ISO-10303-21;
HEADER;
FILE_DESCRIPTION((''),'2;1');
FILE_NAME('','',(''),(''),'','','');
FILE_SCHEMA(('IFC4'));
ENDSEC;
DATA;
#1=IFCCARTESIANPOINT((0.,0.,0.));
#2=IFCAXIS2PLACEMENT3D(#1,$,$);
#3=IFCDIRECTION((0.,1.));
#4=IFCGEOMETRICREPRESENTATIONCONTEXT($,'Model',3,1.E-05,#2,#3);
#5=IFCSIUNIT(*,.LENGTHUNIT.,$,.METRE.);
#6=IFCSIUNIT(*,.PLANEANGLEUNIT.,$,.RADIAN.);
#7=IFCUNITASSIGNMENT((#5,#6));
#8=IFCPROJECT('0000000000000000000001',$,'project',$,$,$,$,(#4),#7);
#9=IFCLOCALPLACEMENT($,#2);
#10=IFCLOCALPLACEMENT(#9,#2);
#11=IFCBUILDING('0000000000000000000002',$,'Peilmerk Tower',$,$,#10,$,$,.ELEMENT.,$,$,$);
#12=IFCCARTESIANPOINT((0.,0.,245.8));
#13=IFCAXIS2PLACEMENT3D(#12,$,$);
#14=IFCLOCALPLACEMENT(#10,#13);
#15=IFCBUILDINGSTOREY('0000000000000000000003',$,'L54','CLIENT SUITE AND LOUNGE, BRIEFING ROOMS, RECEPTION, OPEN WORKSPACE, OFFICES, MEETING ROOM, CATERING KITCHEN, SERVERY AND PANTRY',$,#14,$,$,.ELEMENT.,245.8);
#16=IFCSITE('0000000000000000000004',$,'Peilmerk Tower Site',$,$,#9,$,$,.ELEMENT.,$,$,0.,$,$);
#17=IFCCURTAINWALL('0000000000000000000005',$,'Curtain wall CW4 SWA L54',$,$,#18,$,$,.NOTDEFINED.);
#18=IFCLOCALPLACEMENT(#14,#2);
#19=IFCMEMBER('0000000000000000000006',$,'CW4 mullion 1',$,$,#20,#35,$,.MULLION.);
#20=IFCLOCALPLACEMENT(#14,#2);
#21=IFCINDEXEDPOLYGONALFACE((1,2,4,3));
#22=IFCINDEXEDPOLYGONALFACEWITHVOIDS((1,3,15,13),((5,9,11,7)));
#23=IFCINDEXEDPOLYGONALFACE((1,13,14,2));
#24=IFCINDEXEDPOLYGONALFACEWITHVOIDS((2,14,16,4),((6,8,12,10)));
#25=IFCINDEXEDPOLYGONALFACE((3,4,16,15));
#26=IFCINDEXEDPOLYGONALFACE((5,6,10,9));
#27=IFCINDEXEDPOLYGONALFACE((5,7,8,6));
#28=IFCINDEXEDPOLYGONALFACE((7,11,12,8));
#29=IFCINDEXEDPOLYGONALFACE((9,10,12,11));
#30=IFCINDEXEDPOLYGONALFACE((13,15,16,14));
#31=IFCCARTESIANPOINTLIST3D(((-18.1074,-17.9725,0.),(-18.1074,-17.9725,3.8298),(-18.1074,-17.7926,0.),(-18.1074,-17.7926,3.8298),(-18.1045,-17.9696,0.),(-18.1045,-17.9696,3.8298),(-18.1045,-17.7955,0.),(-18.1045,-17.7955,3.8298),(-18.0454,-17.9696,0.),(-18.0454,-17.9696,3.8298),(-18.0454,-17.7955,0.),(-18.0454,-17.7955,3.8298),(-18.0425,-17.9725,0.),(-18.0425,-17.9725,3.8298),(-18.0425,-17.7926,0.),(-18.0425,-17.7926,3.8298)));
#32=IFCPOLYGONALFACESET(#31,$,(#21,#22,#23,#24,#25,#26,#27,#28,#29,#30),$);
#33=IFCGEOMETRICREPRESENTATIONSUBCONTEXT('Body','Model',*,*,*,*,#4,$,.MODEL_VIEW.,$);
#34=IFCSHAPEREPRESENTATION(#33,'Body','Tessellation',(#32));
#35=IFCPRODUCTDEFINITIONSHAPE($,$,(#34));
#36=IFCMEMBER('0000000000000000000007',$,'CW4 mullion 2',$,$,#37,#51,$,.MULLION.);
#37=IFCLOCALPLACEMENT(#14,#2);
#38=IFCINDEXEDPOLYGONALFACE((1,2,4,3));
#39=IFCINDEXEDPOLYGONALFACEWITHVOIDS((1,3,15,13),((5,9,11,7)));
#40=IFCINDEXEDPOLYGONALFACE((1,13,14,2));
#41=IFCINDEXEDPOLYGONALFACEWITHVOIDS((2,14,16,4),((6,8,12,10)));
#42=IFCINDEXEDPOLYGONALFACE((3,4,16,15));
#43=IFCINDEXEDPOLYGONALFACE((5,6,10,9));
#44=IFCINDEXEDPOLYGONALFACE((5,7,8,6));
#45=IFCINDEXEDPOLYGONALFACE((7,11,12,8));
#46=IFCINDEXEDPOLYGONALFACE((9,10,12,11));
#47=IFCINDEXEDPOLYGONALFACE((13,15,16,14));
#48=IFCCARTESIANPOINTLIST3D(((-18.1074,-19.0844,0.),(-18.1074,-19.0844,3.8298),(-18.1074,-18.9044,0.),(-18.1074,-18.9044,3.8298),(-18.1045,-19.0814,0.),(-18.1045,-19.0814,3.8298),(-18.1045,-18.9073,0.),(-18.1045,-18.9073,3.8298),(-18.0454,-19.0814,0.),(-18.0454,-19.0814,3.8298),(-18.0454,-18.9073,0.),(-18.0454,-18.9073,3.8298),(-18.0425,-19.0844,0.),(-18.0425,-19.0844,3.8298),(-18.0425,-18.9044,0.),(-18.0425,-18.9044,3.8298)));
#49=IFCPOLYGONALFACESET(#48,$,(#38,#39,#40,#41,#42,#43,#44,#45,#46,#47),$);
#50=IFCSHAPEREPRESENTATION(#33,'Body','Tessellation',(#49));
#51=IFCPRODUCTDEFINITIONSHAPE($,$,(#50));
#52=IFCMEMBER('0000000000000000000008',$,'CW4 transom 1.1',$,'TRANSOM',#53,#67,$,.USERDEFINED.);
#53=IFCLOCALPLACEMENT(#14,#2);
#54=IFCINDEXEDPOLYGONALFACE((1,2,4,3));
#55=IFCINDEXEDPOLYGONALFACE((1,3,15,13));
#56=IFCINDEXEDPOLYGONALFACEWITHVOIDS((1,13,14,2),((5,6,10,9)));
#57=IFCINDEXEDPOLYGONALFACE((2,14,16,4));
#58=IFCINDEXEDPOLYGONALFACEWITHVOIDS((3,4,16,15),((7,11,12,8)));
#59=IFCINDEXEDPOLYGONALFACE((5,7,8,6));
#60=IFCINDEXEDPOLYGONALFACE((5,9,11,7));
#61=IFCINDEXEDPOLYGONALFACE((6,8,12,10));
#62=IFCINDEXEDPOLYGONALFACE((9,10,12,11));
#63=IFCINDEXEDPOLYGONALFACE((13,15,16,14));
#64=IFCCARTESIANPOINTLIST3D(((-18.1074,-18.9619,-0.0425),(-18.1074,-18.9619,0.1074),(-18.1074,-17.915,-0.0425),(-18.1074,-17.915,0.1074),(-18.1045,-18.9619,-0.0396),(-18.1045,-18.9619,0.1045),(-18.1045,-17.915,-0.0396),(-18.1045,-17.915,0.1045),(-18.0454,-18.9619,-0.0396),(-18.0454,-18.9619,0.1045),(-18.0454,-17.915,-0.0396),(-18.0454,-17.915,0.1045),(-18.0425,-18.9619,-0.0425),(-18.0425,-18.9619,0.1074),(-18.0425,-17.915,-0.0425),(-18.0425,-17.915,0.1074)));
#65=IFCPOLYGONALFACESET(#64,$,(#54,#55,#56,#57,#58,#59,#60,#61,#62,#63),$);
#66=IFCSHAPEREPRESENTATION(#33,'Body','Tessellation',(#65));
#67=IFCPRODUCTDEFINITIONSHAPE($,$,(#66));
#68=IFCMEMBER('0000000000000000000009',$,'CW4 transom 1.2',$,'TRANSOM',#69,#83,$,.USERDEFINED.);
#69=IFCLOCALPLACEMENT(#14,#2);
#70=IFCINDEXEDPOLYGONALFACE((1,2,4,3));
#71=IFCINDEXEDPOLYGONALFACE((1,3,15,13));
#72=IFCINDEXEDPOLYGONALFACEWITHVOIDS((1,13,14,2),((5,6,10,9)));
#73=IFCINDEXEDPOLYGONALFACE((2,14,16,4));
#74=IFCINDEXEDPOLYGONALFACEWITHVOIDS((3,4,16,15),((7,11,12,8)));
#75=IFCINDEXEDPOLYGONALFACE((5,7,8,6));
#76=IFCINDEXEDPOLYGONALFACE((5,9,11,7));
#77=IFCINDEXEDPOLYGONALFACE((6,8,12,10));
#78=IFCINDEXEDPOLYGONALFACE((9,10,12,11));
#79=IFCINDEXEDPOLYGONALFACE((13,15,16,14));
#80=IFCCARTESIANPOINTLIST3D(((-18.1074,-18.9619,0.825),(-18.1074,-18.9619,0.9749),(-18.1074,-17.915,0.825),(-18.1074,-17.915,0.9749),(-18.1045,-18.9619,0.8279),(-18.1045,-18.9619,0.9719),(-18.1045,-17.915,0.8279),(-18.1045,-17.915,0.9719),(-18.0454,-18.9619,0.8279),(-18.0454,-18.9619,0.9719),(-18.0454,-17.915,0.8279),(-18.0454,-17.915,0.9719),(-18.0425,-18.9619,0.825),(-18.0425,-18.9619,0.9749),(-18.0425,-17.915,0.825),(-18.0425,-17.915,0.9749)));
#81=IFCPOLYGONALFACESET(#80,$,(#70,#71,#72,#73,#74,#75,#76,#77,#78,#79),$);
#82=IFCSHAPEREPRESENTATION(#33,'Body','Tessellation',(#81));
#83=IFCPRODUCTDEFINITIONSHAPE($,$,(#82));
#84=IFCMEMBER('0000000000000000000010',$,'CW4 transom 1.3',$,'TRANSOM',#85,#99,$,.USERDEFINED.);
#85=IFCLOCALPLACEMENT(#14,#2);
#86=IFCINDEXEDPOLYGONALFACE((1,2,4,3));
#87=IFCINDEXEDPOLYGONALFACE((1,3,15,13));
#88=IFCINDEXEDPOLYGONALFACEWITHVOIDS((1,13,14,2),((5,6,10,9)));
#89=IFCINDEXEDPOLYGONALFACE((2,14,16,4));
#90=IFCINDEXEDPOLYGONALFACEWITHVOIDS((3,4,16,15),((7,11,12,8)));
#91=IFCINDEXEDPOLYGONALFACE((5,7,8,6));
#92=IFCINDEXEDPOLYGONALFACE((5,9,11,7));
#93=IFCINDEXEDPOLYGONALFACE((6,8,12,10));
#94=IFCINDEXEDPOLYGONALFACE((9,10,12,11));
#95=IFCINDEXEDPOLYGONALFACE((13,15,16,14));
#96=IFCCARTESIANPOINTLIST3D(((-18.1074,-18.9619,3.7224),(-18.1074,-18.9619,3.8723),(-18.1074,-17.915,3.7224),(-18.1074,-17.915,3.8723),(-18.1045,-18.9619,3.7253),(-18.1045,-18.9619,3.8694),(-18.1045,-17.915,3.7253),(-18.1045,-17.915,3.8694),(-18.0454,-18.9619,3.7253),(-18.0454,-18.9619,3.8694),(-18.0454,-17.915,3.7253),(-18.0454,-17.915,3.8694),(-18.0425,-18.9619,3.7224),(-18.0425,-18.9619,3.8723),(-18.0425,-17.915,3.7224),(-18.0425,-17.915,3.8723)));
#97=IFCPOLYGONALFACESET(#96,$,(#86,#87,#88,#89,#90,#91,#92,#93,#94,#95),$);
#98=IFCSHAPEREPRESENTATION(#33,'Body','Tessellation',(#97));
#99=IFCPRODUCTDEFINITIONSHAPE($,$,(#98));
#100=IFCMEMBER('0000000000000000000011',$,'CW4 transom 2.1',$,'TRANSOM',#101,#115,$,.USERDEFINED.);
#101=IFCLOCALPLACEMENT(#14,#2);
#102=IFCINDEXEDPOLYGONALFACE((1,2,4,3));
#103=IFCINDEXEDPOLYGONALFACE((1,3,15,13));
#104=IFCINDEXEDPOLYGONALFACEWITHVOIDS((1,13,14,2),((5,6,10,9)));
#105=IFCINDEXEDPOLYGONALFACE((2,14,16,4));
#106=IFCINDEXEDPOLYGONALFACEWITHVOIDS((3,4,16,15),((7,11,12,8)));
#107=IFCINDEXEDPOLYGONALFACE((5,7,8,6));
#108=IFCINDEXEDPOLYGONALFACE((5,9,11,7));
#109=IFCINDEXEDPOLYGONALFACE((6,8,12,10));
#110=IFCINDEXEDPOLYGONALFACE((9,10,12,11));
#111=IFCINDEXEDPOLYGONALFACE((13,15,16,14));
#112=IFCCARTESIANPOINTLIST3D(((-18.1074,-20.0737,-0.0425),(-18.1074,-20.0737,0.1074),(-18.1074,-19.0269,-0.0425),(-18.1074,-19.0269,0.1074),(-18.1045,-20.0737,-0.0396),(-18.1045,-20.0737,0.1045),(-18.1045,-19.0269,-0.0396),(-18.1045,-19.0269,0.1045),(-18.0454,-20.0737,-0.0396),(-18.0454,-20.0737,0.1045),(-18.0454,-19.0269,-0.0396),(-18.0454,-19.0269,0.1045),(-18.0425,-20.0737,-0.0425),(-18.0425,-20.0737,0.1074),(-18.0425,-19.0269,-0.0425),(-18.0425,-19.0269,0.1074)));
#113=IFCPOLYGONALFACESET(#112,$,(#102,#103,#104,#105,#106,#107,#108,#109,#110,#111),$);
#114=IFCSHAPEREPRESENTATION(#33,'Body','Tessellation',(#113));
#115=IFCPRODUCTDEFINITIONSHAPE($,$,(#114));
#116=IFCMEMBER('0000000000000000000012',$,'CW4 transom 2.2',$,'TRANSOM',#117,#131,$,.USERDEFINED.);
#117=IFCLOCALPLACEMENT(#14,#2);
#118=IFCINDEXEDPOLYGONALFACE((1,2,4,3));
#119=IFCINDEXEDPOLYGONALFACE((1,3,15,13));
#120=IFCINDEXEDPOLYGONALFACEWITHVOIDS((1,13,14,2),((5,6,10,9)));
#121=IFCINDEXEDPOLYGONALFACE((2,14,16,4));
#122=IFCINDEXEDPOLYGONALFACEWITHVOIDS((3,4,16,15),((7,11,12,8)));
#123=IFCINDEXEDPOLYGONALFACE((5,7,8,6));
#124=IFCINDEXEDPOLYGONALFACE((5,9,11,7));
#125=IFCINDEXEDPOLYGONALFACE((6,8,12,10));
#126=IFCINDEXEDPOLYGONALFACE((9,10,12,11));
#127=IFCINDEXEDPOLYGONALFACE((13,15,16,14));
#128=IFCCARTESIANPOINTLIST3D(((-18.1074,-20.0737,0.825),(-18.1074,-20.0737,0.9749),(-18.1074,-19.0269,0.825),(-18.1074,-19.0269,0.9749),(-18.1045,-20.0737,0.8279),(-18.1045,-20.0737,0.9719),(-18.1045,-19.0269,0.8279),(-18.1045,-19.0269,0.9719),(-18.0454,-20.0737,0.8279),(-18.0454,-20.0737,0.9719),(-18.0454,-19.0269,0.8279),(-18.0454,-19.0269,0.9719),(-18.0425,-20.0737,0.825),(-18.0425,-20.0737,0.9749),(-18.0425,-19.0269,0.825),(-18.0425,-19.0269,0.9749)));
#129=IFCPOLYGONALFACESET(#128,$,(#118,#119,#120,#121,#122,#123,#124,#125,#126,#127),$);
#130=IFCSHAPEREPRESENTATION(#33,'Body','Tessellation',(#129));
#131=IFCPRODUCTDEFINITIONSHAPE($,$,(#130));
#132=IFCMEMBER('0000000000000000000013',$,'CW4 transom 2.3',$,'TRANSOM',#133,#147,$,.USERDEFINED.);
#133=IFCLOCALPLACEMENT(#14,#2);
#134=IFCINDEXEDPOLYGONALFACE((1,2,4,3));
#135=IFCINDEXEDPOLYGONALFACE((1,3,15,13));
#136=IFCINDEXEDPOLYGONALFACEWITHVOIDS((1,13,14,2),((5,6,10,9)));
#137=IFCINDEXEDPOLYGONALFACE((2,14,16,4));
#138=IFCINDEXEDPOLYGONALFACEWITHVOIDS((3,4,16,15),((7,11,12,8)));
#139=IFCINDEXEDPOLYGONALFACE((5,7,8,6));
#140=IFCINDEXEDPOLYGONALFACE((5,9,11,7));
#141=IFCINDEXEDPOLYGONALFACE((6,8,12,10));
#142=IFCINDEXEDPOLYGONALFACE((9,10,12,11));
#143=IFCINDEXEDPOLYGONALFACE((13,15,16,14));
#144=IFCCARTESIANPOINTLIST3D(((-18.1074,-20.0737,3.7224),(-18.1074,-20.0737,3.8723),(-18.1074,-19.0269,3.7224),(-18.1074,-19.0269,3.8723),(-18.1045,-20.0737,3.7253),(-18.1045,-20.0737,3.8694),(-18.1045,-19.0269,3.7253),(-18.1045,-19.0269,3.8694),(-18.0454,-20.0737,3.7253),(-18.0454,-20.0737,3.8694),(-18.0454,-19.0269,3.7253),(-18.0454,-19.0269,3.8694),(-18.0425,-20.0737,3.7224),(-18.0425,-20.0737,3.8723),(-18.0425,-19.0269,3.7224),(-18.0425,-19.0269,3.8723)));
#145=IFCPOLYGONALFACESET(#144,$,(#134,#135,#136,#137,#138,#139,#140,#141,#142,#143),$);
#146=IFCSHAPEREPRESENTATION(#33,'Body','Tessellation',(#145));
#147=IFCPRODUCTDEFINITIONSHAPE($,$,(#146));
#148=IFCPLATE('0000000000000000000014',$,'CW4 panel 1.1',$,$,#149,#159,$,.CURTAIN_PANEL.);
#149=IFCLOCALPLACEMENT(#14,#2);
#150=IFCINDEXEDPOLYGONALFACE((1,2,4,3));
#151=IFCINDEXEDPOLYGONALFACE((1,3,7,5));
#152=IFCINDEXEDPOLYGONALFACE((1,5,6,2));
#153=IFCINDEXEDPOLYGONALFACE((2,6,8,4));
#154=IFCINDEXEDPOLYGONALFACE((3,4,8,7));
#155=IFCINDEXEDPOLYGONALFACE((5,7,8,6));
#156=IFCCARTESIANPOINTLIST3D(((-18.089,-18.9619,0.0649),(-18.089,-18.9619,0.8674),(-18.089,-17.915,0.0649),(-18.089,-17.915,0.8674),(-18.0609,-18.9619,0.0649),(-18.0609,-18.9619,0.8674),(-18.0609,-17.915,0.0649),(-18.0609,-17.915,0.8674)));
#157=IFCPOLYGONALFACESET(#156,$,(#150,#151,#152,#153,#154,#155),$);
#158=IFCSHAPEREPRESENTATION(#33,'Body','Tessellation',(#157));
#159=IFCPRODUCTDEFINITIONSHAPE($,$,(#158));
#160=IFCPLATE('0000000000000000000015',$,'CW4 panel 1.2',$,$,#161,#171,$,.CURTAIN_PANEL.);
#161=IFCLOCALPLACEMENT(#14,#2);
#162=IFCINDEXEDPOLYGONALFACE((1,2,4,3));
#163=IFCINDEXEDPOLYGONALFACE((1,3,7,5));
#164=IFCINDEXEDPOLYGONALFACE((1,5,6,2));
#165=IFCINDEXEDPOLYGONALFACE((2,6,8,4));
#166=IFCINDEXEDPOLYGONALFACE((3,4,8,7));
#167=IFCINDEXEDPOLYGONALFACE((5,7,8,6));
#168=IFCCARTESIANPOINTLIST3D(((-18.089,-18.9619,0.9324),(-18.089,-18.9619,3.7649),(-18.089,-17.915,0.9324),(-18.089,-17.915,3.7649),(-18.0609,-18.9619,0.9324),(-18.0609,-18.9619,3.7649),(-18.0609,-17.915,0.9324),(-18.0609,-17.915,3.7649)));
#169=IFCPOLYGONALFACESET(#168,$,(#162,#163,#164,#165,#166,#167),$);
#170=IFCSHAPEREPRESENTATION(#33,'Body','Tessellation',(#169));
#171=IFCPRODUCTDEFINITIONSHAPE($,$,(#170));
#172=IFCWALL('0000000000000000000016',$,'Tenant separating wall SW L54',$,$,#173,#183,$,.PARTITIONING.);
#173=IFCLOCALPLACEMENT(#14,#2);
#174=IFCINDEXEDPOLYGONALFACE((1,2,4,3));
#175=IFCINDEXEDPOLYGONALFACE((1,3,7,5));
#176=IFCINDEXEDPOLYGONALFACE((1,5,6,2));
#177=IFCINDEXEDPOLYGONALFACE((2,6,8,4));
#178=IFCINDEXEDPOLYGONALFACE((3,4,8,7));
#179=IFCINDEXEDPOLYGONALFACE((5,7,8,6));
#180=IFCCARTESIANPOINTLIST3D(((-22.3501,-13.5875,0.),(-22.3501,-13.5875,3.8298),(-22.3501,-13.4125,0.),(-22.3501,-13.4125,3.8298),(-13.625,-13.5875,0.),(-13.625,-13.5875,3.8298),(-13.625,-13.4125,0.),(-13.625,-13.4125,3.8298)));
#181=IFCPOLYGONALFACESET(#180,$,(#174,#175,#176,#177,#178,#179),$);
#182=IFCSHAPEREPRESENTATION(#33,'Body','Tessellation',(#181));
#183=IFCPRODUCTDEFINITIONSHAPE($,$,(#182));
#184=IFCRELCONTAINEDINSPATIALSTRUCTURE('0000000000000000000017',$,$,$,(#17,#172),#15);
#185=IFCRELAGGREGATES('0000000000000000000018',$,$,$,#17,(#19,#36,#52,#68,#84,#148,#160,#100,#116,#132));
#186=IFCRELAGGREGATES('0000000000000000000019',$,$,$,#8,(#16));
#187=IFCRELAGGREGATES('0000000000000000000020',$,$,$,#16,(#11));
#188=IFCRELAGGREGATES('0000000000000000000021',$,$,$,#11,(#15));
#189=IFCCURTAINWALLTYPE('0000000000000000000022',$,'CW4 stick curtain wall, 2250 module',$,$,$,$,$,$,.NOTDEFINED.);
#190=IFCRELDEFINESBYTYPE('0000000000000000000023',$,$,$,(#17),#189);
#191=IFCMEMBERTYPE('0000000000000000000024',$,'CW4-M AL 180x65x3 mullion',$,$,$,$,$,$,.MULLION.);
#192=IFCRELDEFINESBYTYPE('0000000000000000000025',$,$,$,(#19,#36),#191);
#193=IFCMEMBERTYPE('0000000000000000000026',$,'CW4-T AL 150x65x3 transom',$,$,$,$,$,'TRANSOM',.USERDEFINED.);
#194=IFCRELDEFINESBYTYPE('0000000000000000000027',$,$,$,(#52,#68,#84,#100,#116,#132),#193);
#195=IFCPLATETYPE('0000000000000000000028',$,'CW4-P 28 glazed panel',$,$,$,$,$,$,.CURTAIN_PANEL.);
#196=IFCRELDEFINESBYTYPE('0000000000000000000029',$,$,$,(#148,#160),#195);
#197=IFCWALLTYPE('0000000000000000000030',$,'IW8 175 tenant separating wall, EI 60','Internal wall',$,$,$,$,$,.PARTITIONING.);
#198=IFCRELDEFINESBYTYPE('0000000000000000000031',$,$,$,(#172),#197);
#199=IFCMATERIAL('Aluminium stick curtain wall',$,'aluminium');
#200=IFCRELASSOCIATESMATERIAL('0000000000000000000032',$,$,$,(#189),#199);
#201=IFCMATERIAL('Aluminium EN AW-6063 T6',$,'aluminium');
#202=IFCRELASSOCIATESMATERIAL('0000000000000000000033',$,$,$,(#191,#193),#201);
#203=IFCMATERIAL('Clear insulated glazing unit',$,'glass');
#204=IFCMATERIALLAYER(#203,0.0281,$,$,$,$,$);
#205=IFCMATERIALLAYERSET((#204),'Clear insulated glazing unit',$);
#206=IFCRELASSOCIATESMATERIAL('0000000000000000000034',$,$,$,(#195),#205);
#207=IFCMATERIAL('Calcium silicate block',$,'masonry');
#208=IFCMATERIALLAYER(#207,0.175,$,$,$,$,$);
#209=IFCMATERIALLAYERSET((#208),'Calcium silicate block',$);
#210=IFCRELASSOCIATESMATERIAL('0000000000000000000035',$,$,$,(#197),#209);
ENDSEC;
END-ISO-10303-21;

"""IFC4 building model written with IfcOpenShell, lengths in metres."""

from ifc_helpers import new_model, si_unit, direction, frame, frame_2d, origin, origin_2d, place, context, subcontext, project, spatial, rectangle, hollow_rectangle, extrude, material, layer, layer_set, material_profile, profile_set, type_object, element, aggregate, save


model = new_model("IFC4")

# Units and contexts
model_context = context("Model", 3, precision=1e-05, world=origin(), true_north=direction((0.0, 1.0)))
body_context = subcontext(model_context, "Body", "Model", "MODEL_VIEW")
ifc_project = project(units=[si_unit("LENGTHUNIT", "METRE"), si_unit("PLANEANGLEUNIT", "RADIAN")], contexts=[model_context])

# Site, building, storey
site_placement = place(None, origin())
site = spatial("IfcSite", under=ifc_project, at=site_placement, Name="Peilmerk Tower Site", CompositionType="ELEMENT", RefElevation=0.0)
building_placement = place(site_placement, origin())
building = spatial("IfcBuilding", under=site, at=building_placement, Name="Peilmerk Tower", CompositionType="ELEMENT")
storey_placement = place(building_placement, frame((0.0, 0.0, 245.8)))
storey = spatial("IfcBuildingStorey", under=building, at=storey_placement, Name="L54", Description="CLIENT SUITE AND LOUNGE, BRIEFING ROOMS, RECEPTION, OPEN WORKSPACE, OFFICES, MEETING ROOM, CATERING KITCHEN, SERVERY AND PANTRY", CompositionType="ELEMENT", Elevation=245.8)

# Curtain wall, members, plates
ifc_material_1 = material(Name="Aluminium stick curtain wall", Category="aluminium")
curtain_wall_type = type_object("IfcCurtainWallType", Name="CW4 stick curtain wall, 2250 module", PredefinedType="NOTDEFINED", material=ifc_material_1)
curtain_wall_placement = place(storey_placement, origin())
curtain_wall = element("IfcCurtainWall", 1, at=curtain_wall_placement, inside=storey, type_object=curtain_wall_type, Name="Curtain wall CW4 SWA L54", PredefinedType="NOTDEFINED")
ifc_material_2 = material(Name="Aluminium EN AW-6063 T6", Category="aluminium")
ifc_material_profile_1 = material_profile(ifc_material_2, hollow_rectangle(XDim=0.0649, YDim=0.1799, WallThickness=0.0029, at=origin_2d()), Name="AL 180x65x3")
ifc_profile_set_1 = profile_set([ifc_material_profile_1], Name="Aluminium EN AW-6063 T6")
member_type_1 = type_object("IfcMemberType", Name="CW4-M AL 180x65x3 mullion", PredefinedType="MULLION", material=ifc_profile_set_1)
member_1_placement = place(storey_placement, frame((-18.075, -17.8826, 0.0), z_axis=(0.0, 0.0, 1.0), x_axis=(1.0, 0.0, 0.0)))
member_1 = element("IfcMember", 2, at=member_1_placement, type_object=member_type_1, Name="CW4 mullion 1", PredefinedType="MULLION", context=body_context, shape_type="SweptSolid", body=[
    extrude(hollow_rectangle(XDim=0.0649, YDim=0.1799, WallThickness=0.0029, at=origin_2d()), origin(), (0.0, 0.0, 1.0), 3.8298),
])
member_2_placement = place(storey_placement, frame((-18.075, -18.9944, 0.0), z_axis=(0.0, 0.0, 1.0), x_axis=(1.0, 0.0, 0.0)))
member_2 = element("IfcMember", 3, at=member_2_placement, type_object=member_type_1, Name="CW4 mullion 2", PredefinedType="MULLION", context=body_context, shape_type="SweptSolid", body=[
    extrude(hollow_rectangle(XDim=0.0649, YDim=0.1799, WallThickness=0.0029, at=origin_2d()), origin(), (0.0, 0.0, 1.0), 3.8298),
])
ifc_material_profile_2 = material_profile(ifc_material_2, hollow_rectangle(XDim=0.0649, YDim=0.1499, WallThickness=0.0029, at=origin_2d()), Name="AL 150x65x3")
ifc_profile_set_2 = profile_set([ifc_material_profile_2], Name="Aluminium EN AW-6063 T6")
member_type_2 = type_object("IfcMemberType", Name="CW4-T AL 150x65x3 transom", ElementType="TRANSOM", PredefinedType="USERDEFINED", material=ifc_profile_set_2)
member_3_placement = place(storey_placement, frame((-18.075, -17.915, 0.0325), z_axis=(0.0, -1.0, 0.0), x_axis=(1.0, 0.0, 0.0)))
member_3 = element("IfcMember", 4, at=member_3_placement, type_object=member_type_2, Name="CW4 transom 1.1", ObjectType="TRANSOM", PredefinedType="USERDEFINED", context=body_context, shape_type="SweptSolid", body=[
    extrude(hollow_rectangle(XDim=0.0649, YDim=0.1499, WallThickness=0.0029, at=origin_2d()), origin(), (0.0, 0.0, 1.0), 1.0469),
])
member_4_placement = place(storey_placement, frame((-18.075, -17.915, 0.8999), z_axis=(0.0, -1.0, 0.0), x_axis=(1.0, 0.0, 0.0)))
member_4 = element("IfcMember", 5, at=member_4_placement, type_object=member_type_2, Name="CW4 transom 1.2", ObjectType="TRANSOM", PredefinedType="USERDEFINED", context=body_context, shape_type="SweptSolid", body=[
    extrude(hollow_rectangle(XDim=0.0649, YDim=0.1499, WallThickness=0.0029, at=origin_2d()), origin(), (0.0, 0.0, 1.0), 1.0469),
])
member_5_placement = place(storey_placement, frame((-18.075, -17.915, 3.7974), z_axis=(0.0, -1.0, 0.0), x_axis=(1.0, 0.0, 0.0)))
member_5 = element("IfcMember", 6, at=member_5_placement, type_object=member_type_2, Name="CW4 transom 1.3", ObjectType="TRANSOM", PredefinedType="USERDEFINED", context=body_context, shape_type="SweptSolid", body=[
    extrude(hollow_rectangle(XDim=0.0649, YDim=0.1499, WallThickness=0.0029, at=origin_2d()), origin(), (0.0, 0.0, 1.0), 1.0469),
])
member_6_placement = place(storey_placement, frame((-18.075, -19.0269, 0.0325), z_axis=(0.0, -1.0, 0.0), x_axis=(1.0, 0.0, 0.0)))
member_6 = element("IfcMember", 7, at=member_6_placement, type_object=member_type_2, Name="CW4 transom 2.1", ObjectType="TRANSOM", PredefinedType="USERDEFINED", context=body_context, shape_type="SweptSolid", body=[
    extrude(hollow_rectangle(XDim=0.0649, YDim=0.1499, WallThickness=0.0029, at=origin_2d()), origin(), (0.0, 0.0, 1.0), 1.0469),
])
member_7_placement = place(storey_placement, frame((-18.075, -19.0269, 0.8999), z_axis=(0.0, -1.0, 0.0), x_axis=(1.0, 0.0, 0.0)))
member_7 = element("IfcMember", 8, at=member_7_placement, type_object=member_type_2, Name="CW4 transom 2.2", ObjectType="TRANSOM", PredefinedType="USERDEFINED", context=body_context, shape_type="SweptSolid", body=[
    extrude(hollow_rectangle(XDim=0.0649, YDim=0.1499, WallThickness=0.0029, at=origin_2d()), origin(), (0.0, 0.0, 1.0), 1.0469),
])
member_8_placement = place(storey_placement, frame((-18.075, -19.0269, 3.7974), z_axis=(0.0, -1.0, 0.0), x_axis=(1.0, 0.0, 0.0)))
member_8 = element("IfcMember", 9, at=member_8_placement, type_object=member_type_2, Name="CW4 transom 2.3", ObjectType="TRANSOM", PredefinedType="USERDEFINED", context=body_context, shape_type="SweptSolid", body=[
    extrude(hollow_rectangle(XDim=0.0649, YDim=0.1499, WallThickness=0.0029, at=origin_2d()), origin(), (0.0, 0.0, 1.0), 1.0469),
])
ifc_material_3 = material(Name="Clear insulated glazing unit", Category="glass")
ifc_layer_1 = layer(ifc_material_3, 0.0281)
ifc_layer_set_1 = layer_set([ifc_layer_1], Name="Clear insulated glazing unit")
plate_type = type_object("IfcPlateType", Name="CW4-P 28 glazed panel", PredefinedType="CURTAIN_PANEL", material=ifc_layer_set_1)
plate_1_placement = place(storey_placement, frame((-18.075, -18.4385, 0.0649), z_axis=(0.0, 0.0, 1.0), x_axis=(0.0, -1.0, 0.0)))
plate_1 = element("IfcPlate", 10, at=plate_1_placement, type_object=plate_type, Name="CW4 panel 1.1", PredefinedType="CURTAIN_PANEL", context=body_context, shape_type="SweptSolid", body=[
    extrude(rectangle(XDim=1.0469, YDim=0.0281, at=origin_2d()), origin(), (0.0, 0.0, 1.0), 0.8025),
])
plate_2_placement = place(storey_placement, frame((-18.075, -18.4385, 0.9324), z_axis=(0.0, 0.0, 1.0), x_axis=(0.0, -1.0, 0.0)))
plate_2 = element("IfcPlate", 11, at=plate_2_placement, type_object=plate_type, Name="CW4 panel 1.2", PredefinedType="CURTAIN_PANEL", context=body_context, shape_type="SweptSolid", body=[
    extrude(rectangle(XDim=1.0469, YDim=0.0281, at=origin_2d()), origin(), (0.0, 0.0, 1.0), 2.8325),
])
aggregate(curtain_wall, [member_1, member_2, member_3, member_4, member_5, plate_1, plate_2, member_6, member_7, member_8])

# Wall
ifc_material_4 = material(Name="Calcium silicate block", Category="masonry")
ifc_layer_2 = layer(ifc_material_4, 0.175)
ifc_layer_set_2 = layer_set([ifc_layer_2], Name="Calcium silicate block")
wall_type = type_object("IfcWallType", Name="IW8 175 tenant separating wall, EI 60", Description="Internal wall", PredefinedType="PARTITIONING", material=ifc_layer_set_2)
wall_1_placement = place(storey_placement, frame((-13.625, -13.5, 0.0), z_axis=(0.0, 0.0, 1.0), x_axis=(-1.0, 0.0, 0.0)))
element("IfcWall", 12, at=wall_1_placement, inside=storey, type_object=wall_type, Name="Tenant separating wall SW L54", PredefinedType="PARTITIONING", context=body_context, shape_type="SweptSolid", body=[
    extrude(rectangle(XDim=8.7251, YDim=0.175, at=frame_2d((4.3625, 0.0))), origin(), (0.0, 0.0, 1.0), 3.8298),
])

save(model, "model.ifc")
